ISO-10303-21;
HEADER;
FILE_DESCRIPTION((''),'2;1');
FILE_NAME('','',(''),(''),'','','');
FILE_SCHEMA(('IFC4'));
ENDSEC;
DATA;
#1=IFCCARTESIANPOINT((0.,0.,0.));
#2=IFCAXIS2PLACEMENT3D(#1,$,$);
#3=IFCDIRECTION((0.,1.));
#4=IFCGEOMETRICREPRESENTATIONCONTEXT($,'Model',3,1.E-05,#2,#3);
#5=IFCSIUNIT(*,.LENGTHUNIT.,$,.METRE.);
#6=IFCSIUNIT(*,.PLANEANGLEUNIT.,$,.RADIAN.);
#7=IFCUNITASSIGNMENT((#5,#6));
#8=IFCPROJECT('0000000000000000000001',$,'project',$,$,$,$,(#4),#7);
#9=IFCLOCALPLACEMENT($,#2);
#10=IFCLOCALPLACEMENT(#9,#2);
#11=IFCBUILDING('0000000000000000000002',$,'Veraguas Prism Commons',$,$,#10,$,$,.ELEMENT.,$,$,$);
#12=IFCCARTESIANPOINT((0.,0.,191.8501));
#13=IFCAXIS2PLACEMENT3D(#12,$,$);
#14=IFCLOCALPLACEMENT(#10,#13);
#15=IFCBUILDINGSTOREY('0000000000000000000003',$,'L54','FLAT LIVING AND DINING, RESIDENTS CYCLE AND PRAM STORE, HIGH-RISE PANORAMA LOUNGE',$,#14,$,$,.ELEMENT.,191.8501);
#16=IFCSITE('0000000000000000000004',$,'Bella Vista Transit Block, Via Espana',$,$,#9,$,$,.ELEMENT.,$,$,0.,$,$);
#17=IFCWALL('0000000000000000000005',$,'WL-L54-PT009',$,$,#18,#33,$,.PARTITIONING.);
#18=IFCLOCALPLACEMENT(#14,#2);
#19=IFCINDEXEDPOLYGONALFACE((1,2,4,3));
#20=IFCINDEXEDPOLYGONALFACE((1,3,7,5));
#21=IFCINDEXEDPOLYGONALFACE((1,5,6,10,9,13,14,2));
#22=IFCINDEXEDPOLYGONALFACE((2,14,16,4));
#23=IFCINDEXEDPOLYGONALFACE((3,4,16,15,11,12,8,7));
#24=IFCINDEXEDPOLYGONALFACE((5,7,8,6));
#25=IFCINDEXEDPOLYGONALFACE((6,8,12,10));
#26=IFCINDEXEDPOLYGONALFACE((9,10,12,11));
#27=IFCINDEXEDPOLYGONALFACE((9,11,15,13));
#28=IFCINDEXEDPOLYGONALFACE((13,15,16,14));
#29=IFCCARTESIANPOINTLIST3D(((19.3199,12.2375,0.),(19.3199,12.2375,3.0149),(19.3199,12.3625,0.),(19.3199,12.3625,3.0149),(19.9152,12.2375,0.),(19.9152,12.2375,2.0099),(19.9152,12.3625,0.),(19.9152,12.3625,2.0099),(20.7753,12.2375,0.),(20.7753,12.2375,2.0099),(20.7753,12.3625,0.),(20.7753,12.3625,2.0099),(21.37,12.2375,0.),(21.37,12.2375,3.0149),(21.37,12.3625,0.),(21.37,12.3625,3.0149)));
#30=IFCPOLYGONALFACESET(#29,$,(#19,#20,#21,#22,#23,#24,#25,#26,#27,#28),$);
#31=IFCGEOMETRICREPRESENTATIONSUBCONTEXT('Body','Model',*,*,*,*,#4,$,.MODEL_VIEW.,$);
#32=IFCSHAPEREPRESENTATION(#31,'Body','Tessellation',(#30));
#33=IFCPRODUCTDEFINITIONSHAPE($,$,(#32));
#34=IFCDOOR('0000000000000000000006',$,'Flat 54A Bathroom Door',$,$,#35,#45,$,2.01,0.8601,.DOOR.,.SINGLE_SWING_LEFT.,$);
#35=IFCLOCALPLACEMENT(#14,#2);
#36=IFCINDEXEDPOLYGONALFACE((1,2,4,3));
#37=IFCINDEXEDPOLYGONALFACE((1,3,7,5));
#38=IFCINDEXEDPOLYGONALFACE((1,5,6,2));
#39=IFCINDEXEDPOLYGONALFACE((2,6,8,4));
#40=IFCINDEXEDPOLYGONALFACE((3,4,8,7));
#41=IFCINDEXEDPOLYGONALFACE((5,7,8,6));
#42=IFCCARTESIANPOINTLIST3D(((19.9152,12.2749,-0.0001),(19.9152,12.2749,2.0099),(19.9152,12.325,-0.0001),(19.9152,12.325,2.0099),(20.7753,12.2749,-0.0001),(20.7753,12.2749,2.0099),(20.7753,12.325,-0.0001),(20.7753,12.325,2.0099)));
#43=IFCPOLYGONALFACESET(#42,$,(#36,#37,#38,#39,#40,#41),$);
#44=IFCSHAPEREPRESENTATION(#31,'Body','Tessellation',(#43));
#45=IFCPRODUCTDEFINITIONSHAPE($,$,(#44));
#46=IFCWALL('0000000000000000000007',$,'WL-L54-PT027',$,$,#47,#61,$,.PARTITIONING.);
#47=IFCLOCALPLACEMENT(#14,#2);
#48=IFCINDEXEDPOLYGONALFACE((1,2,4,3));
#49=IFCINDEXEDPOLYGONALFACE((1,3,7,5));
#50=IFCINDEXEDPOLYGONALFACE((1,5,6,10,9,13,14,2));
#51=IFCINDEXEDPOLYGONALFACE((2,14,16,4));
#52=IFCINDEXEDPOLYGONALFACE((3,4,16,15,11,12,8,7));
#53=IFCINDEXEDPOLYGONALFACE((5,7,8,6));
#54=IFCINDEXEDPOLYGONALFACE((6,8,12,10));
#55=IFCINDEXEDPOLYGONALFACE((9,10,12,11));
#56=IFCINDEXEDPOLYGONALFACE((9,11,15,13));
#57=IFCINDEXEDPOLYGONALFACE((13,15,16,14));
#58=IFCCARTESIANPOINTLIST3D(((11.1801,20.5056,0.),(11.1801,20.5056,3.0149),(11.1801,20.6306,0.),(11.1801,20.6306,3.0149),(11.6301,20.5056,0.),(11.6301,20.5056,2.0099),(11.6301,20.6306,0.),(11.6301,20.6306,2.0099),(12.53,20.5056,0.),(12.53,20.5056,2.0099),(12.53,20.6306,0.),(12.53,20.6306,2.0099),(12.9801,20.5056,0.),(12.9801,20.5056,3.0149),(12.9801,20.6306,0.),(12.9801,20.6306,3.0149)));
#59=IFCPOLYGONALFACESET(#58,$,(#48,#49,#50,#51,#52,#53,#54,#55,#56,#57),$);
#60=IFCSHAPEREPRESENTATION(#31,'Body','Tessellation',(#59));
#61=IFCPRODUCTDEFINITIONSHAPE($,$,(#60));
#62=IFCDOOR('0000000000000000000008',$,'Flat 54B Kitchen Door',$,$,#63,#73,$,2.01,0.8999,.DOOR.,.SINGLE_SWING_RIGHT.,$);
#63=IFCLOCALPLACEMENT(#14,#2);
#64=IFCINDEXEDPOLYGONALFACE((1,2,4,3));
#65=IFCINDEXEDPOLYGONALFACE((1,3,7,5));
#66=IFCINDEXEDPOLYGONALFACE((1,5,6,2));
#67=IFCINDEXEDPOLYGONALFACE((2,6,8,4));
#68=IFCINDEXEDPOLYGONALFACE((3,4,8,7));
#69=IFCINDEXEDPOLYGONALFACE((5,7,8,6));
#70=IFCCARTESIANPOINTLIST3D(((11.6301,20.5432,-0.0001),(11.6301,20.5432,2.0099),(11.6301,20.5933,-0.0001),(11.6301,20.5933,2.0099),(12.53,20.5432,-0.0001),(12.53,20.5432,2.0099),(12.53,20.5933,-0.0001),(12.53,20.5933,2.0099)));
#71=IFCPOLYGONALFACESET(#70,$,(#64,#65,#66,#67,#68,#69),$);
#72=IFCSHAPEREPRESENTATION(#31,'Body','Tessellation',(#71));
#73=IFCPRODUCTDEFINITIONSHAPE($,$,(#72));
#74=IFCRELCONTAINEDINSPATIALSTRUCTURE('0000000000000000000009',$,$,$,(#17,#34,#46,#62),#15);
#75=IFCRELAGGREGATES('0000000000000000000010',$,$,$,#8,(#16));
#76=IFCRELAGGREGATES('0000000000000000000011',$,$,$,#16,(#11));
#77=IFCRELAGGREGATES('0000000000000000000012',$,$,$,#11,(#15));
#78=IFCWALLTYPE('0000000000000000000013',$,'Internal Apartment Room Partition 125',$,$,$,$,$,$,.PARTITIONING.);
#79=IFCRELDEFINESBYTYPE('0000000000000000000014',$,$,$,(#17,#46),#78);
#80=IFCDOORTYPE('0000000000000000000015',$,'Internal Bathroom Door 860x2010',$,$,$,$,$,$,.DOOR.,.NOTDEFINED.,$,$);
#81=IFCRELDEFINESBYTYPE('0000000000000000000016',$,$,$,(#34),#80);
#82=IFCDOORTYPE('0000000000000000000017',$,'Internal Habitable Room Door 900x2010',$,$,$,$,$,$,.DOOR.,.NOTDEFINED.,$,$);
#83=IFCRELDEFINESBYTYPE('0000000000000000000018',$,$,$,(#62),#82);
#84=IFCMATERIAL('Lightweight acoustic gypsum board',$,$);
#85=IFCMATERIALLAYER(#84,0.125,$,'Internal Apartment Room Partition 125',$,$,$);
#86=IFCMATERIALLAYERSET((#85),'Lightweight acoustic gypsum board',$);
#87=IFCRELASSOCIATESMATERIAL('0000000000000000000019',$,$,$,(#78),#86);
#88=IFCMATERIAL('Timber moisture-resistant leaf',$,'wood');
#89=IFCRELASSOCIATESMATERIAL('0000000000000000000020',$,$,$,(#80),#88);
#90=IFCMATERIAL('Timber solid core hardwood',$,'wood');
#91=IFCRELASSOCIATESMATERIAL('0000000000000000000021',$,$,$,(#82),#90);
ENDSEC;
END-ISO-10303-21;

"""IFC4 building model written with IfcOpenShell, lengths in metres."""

from ifc_helpers import new_model, si_unit, direction, frame, frame_2d, origin, place, context, subcontext, project, spatial, rectangle, extrude, source, transform, mapped, material, layer, layer_set, type_object, element, fill, save


model = new_model("IFC4")

# Units and contexts
model_context = context("Model", 3, precision=1e-05, world=origin(), true_north=direction((0.0, 1.0)))
body_context = subcontext(model_context, "Body", "Model", "MODEL_VIEW")
ifc_project = project(units=[si_unit("LENGTHUNIT", "METRE"), si_unit("PLANEANGLEUNIT", "RADIAN")], contexts=[model_context])

# Site, building, storey
site_placement = place(None, origin())
site = spatial("IfcSite", under=ifc_project, at=site_placement, Name="Bella Vista Transit Block, Via Espana", CompositionType="ELEMENT", RefElevation=0.0)
building_placement = place(site_placement, origin())
building = spatial("IfcBuilding", under=site, at=building_placement, Name="Veraguas Prism Commons", CompositionType="ELEMENT")
storey_placement = place(building_placement, frame((0.0, 0.0, 191.8501)))
storey = spatial("IfcBuildingStorey", under=building, at=storey_placement, Name="L54", Description="FLAT LIVING AND DINING, RESIDENTS CYCLE AND PRAM STORE, HIGH-RISE PANORAMA LOUNGE", CompositionType="ELEMENT", Elevation=191.8501)

# Walls, openings, doors
ifc_material_1 = material(Name="Lightweight acoustic gypsum board")
ifc_layer_1 = layer(ifc_material_1, 0.125, Name="Internal Apartment Room Partition 125")
ifc_layer_set_1 = layer_set([ifc_layer_1], Name="Lightweight acoustic gypsum board")
wall_type_1 = type_object("IfcWallType", Name="Internal Apartment Room Partition 125", PredefinedType="PARTITIONING", material=ifc_layer_set_1)
wall_1_placement = place(storey_placement, frame((19.3201, 12.3, 0.0), z_axis=(0.0, 0.0, 1.0), x_axis=(1.0, 0.0, 0.0)))
wall_1 = element("IfcWall", 1, at=wall_1_placement, inside=storey, type_object=wall_type_1, Name="WL-L54-PT009", PredefinedType="PARTITIONING", context=body_context, shape_type="SweptSolid", body=[
    extrude(rectangle(XDim=2.05, YDim=0.125, at=frame_2d((1.0249, 0.0))), origin(), (0.0, 0.0, 1.0), 3.0149),
])
opening_1_placement = place(wall_1_placement, frame((0.595, 0.0, 0.0)))
opening_1 = element("IfcOpeningElement", 2, at=opening_1_placement, cuts=wall_1, PredefinedType="OPENING", context=body_context, shape_type="SweptSolid", body=[
    extrude(rectangle(XDim=0.8601, YDim=2.01, at=frame_2d((0.4302, 1.0049))), frame((0.0, 0.0725, 0.0), z_axis=(0.0, -1.0, 0.0), x_axis=(1.0, 0.0, 0.0)), (0.0, 0.0, 1.0), 0.145),
])
ifc_material_2 = material(Name="Timber moisture-resistant leaf", Category="wood")
door_type_1 = type_object("IfcDoorType", Name="Internal Bathroom Door 860x2010", OperationType="NOTDEFINED", PredefinedType="DOOR", material=ifc_material_2)
shared_shape_1 = source(origin(), body_context, "Body", "SweptSolid", [
    extrude(rectangle(XDim=0.8601, YDim=2.01, at=frame_2d((0.4302, 1.0049))), frame((0.0, 0.0249, 0.0), z_axis=(0.0, -1.0, 0.0), x_axis=(1.0, 0.0, 0.0)), (0.0, 0.0, 1.0), 0.05),
])
door_1_placement = place(opening_1_placement, origin())
door_1 = element("IfcDoor", 3, at=door_1_placement, inside=storey, type_object=door_type_1, Name="Flat 54A Bathroom Door", OperationType="SINGLE_SWING_LEFT", OverallHeight=2.01, OverallWidth=0.8601, PredefinedType="DOOR", context=body_context, shape_type="MappedRepresentation", body=[
    mapped(shared_shape_1, transform((0.0, 0.0, 0.0), scale=1.0)),
])
fill(opening_1, door_1)
wall_2_placement = place(storey_placement, frame((12.98, 20.5681, 0.0), z_axis=(0.0, 0.0, 1.0), x_axis=(-1.0, 0.0, 0.0)))
wall_2 = element("IfcWall", 4, at=wall_2_placement, inside=storey, type_object=wall_type_1, Name="WL-L54-PT027", PredefinedType="PARTITIONING", context=body_context, shape_type="SweptSolid", body=[
    extrude(rectangle(XDim=1.8, YDim=0.125, at=frame_2d((0.8999, 0.0))), origin(), (0.0, 0.0, 1.0), 3.0149),
])
opening_2_placement = place(wall_2_placement, frame((0.45, 0.0, 0.0)))
opening_2 = element("IfcOpeningElement", 5, at=opening_2_placement, cuts=wall_2, PredefinedType="OPENING", context=body_context, shape_type="SweptSolid", body=[
    extrude(rectangle(XDim=0.8999, YDim=2.01, at=frame_2d((0.45, 1.0049))), frame((0.0, 0.0725, 0.0), z_axis=(0.0, -1.0, 0.0), x_axis=(1.0, 0.0, 0.0)), (0.0, 0.0, 1.0), 0.145),
])
ifc_material_3 = material(Name="Timber solid core hardwood", Category="wood")
door_type_2 = type_object("IfcDoorType", Name="Internal Habitable Room Door 900x2010", OperationType="NOTDEFINED", PredefinedType="DOOR", material=ifc_material_3)
shared_shape_2 = source(origin(), body_context, "Body", "SweptSolid", [
    extrude(rectangle(XDim=0.8999, YDim=2.01, at=frame_2d((0.45, 1.0049))), frame((0.0, 0.0249, 0.0), z_axis=(0.0, -1.0, 0.0), x_axis=(1.0, 0.0, 0.0)), (0.0, 0.0, 1.0), 0.05),
])
door_2_placement = place(opening_2_placement, origin())
door_2 = element("IfcDoor", 6, at=door_2_placement, inside=storey, type_object=door_type_2, Name="Flat 54B Kitchen Door", OperationType="SINGLE_SWING_RIGHT", OverallHeight=2.01, OverallWidth=0.8999, PredefinedType="DOOR", context=body_context, shape_type="MappedRepresentation", body=[
    mapped(shared_shape_2, transform((0.0, 0.0, 0.0), scale=1.0)),
])
fill(opening_2, door_2)

save(model, "model.ifc")
